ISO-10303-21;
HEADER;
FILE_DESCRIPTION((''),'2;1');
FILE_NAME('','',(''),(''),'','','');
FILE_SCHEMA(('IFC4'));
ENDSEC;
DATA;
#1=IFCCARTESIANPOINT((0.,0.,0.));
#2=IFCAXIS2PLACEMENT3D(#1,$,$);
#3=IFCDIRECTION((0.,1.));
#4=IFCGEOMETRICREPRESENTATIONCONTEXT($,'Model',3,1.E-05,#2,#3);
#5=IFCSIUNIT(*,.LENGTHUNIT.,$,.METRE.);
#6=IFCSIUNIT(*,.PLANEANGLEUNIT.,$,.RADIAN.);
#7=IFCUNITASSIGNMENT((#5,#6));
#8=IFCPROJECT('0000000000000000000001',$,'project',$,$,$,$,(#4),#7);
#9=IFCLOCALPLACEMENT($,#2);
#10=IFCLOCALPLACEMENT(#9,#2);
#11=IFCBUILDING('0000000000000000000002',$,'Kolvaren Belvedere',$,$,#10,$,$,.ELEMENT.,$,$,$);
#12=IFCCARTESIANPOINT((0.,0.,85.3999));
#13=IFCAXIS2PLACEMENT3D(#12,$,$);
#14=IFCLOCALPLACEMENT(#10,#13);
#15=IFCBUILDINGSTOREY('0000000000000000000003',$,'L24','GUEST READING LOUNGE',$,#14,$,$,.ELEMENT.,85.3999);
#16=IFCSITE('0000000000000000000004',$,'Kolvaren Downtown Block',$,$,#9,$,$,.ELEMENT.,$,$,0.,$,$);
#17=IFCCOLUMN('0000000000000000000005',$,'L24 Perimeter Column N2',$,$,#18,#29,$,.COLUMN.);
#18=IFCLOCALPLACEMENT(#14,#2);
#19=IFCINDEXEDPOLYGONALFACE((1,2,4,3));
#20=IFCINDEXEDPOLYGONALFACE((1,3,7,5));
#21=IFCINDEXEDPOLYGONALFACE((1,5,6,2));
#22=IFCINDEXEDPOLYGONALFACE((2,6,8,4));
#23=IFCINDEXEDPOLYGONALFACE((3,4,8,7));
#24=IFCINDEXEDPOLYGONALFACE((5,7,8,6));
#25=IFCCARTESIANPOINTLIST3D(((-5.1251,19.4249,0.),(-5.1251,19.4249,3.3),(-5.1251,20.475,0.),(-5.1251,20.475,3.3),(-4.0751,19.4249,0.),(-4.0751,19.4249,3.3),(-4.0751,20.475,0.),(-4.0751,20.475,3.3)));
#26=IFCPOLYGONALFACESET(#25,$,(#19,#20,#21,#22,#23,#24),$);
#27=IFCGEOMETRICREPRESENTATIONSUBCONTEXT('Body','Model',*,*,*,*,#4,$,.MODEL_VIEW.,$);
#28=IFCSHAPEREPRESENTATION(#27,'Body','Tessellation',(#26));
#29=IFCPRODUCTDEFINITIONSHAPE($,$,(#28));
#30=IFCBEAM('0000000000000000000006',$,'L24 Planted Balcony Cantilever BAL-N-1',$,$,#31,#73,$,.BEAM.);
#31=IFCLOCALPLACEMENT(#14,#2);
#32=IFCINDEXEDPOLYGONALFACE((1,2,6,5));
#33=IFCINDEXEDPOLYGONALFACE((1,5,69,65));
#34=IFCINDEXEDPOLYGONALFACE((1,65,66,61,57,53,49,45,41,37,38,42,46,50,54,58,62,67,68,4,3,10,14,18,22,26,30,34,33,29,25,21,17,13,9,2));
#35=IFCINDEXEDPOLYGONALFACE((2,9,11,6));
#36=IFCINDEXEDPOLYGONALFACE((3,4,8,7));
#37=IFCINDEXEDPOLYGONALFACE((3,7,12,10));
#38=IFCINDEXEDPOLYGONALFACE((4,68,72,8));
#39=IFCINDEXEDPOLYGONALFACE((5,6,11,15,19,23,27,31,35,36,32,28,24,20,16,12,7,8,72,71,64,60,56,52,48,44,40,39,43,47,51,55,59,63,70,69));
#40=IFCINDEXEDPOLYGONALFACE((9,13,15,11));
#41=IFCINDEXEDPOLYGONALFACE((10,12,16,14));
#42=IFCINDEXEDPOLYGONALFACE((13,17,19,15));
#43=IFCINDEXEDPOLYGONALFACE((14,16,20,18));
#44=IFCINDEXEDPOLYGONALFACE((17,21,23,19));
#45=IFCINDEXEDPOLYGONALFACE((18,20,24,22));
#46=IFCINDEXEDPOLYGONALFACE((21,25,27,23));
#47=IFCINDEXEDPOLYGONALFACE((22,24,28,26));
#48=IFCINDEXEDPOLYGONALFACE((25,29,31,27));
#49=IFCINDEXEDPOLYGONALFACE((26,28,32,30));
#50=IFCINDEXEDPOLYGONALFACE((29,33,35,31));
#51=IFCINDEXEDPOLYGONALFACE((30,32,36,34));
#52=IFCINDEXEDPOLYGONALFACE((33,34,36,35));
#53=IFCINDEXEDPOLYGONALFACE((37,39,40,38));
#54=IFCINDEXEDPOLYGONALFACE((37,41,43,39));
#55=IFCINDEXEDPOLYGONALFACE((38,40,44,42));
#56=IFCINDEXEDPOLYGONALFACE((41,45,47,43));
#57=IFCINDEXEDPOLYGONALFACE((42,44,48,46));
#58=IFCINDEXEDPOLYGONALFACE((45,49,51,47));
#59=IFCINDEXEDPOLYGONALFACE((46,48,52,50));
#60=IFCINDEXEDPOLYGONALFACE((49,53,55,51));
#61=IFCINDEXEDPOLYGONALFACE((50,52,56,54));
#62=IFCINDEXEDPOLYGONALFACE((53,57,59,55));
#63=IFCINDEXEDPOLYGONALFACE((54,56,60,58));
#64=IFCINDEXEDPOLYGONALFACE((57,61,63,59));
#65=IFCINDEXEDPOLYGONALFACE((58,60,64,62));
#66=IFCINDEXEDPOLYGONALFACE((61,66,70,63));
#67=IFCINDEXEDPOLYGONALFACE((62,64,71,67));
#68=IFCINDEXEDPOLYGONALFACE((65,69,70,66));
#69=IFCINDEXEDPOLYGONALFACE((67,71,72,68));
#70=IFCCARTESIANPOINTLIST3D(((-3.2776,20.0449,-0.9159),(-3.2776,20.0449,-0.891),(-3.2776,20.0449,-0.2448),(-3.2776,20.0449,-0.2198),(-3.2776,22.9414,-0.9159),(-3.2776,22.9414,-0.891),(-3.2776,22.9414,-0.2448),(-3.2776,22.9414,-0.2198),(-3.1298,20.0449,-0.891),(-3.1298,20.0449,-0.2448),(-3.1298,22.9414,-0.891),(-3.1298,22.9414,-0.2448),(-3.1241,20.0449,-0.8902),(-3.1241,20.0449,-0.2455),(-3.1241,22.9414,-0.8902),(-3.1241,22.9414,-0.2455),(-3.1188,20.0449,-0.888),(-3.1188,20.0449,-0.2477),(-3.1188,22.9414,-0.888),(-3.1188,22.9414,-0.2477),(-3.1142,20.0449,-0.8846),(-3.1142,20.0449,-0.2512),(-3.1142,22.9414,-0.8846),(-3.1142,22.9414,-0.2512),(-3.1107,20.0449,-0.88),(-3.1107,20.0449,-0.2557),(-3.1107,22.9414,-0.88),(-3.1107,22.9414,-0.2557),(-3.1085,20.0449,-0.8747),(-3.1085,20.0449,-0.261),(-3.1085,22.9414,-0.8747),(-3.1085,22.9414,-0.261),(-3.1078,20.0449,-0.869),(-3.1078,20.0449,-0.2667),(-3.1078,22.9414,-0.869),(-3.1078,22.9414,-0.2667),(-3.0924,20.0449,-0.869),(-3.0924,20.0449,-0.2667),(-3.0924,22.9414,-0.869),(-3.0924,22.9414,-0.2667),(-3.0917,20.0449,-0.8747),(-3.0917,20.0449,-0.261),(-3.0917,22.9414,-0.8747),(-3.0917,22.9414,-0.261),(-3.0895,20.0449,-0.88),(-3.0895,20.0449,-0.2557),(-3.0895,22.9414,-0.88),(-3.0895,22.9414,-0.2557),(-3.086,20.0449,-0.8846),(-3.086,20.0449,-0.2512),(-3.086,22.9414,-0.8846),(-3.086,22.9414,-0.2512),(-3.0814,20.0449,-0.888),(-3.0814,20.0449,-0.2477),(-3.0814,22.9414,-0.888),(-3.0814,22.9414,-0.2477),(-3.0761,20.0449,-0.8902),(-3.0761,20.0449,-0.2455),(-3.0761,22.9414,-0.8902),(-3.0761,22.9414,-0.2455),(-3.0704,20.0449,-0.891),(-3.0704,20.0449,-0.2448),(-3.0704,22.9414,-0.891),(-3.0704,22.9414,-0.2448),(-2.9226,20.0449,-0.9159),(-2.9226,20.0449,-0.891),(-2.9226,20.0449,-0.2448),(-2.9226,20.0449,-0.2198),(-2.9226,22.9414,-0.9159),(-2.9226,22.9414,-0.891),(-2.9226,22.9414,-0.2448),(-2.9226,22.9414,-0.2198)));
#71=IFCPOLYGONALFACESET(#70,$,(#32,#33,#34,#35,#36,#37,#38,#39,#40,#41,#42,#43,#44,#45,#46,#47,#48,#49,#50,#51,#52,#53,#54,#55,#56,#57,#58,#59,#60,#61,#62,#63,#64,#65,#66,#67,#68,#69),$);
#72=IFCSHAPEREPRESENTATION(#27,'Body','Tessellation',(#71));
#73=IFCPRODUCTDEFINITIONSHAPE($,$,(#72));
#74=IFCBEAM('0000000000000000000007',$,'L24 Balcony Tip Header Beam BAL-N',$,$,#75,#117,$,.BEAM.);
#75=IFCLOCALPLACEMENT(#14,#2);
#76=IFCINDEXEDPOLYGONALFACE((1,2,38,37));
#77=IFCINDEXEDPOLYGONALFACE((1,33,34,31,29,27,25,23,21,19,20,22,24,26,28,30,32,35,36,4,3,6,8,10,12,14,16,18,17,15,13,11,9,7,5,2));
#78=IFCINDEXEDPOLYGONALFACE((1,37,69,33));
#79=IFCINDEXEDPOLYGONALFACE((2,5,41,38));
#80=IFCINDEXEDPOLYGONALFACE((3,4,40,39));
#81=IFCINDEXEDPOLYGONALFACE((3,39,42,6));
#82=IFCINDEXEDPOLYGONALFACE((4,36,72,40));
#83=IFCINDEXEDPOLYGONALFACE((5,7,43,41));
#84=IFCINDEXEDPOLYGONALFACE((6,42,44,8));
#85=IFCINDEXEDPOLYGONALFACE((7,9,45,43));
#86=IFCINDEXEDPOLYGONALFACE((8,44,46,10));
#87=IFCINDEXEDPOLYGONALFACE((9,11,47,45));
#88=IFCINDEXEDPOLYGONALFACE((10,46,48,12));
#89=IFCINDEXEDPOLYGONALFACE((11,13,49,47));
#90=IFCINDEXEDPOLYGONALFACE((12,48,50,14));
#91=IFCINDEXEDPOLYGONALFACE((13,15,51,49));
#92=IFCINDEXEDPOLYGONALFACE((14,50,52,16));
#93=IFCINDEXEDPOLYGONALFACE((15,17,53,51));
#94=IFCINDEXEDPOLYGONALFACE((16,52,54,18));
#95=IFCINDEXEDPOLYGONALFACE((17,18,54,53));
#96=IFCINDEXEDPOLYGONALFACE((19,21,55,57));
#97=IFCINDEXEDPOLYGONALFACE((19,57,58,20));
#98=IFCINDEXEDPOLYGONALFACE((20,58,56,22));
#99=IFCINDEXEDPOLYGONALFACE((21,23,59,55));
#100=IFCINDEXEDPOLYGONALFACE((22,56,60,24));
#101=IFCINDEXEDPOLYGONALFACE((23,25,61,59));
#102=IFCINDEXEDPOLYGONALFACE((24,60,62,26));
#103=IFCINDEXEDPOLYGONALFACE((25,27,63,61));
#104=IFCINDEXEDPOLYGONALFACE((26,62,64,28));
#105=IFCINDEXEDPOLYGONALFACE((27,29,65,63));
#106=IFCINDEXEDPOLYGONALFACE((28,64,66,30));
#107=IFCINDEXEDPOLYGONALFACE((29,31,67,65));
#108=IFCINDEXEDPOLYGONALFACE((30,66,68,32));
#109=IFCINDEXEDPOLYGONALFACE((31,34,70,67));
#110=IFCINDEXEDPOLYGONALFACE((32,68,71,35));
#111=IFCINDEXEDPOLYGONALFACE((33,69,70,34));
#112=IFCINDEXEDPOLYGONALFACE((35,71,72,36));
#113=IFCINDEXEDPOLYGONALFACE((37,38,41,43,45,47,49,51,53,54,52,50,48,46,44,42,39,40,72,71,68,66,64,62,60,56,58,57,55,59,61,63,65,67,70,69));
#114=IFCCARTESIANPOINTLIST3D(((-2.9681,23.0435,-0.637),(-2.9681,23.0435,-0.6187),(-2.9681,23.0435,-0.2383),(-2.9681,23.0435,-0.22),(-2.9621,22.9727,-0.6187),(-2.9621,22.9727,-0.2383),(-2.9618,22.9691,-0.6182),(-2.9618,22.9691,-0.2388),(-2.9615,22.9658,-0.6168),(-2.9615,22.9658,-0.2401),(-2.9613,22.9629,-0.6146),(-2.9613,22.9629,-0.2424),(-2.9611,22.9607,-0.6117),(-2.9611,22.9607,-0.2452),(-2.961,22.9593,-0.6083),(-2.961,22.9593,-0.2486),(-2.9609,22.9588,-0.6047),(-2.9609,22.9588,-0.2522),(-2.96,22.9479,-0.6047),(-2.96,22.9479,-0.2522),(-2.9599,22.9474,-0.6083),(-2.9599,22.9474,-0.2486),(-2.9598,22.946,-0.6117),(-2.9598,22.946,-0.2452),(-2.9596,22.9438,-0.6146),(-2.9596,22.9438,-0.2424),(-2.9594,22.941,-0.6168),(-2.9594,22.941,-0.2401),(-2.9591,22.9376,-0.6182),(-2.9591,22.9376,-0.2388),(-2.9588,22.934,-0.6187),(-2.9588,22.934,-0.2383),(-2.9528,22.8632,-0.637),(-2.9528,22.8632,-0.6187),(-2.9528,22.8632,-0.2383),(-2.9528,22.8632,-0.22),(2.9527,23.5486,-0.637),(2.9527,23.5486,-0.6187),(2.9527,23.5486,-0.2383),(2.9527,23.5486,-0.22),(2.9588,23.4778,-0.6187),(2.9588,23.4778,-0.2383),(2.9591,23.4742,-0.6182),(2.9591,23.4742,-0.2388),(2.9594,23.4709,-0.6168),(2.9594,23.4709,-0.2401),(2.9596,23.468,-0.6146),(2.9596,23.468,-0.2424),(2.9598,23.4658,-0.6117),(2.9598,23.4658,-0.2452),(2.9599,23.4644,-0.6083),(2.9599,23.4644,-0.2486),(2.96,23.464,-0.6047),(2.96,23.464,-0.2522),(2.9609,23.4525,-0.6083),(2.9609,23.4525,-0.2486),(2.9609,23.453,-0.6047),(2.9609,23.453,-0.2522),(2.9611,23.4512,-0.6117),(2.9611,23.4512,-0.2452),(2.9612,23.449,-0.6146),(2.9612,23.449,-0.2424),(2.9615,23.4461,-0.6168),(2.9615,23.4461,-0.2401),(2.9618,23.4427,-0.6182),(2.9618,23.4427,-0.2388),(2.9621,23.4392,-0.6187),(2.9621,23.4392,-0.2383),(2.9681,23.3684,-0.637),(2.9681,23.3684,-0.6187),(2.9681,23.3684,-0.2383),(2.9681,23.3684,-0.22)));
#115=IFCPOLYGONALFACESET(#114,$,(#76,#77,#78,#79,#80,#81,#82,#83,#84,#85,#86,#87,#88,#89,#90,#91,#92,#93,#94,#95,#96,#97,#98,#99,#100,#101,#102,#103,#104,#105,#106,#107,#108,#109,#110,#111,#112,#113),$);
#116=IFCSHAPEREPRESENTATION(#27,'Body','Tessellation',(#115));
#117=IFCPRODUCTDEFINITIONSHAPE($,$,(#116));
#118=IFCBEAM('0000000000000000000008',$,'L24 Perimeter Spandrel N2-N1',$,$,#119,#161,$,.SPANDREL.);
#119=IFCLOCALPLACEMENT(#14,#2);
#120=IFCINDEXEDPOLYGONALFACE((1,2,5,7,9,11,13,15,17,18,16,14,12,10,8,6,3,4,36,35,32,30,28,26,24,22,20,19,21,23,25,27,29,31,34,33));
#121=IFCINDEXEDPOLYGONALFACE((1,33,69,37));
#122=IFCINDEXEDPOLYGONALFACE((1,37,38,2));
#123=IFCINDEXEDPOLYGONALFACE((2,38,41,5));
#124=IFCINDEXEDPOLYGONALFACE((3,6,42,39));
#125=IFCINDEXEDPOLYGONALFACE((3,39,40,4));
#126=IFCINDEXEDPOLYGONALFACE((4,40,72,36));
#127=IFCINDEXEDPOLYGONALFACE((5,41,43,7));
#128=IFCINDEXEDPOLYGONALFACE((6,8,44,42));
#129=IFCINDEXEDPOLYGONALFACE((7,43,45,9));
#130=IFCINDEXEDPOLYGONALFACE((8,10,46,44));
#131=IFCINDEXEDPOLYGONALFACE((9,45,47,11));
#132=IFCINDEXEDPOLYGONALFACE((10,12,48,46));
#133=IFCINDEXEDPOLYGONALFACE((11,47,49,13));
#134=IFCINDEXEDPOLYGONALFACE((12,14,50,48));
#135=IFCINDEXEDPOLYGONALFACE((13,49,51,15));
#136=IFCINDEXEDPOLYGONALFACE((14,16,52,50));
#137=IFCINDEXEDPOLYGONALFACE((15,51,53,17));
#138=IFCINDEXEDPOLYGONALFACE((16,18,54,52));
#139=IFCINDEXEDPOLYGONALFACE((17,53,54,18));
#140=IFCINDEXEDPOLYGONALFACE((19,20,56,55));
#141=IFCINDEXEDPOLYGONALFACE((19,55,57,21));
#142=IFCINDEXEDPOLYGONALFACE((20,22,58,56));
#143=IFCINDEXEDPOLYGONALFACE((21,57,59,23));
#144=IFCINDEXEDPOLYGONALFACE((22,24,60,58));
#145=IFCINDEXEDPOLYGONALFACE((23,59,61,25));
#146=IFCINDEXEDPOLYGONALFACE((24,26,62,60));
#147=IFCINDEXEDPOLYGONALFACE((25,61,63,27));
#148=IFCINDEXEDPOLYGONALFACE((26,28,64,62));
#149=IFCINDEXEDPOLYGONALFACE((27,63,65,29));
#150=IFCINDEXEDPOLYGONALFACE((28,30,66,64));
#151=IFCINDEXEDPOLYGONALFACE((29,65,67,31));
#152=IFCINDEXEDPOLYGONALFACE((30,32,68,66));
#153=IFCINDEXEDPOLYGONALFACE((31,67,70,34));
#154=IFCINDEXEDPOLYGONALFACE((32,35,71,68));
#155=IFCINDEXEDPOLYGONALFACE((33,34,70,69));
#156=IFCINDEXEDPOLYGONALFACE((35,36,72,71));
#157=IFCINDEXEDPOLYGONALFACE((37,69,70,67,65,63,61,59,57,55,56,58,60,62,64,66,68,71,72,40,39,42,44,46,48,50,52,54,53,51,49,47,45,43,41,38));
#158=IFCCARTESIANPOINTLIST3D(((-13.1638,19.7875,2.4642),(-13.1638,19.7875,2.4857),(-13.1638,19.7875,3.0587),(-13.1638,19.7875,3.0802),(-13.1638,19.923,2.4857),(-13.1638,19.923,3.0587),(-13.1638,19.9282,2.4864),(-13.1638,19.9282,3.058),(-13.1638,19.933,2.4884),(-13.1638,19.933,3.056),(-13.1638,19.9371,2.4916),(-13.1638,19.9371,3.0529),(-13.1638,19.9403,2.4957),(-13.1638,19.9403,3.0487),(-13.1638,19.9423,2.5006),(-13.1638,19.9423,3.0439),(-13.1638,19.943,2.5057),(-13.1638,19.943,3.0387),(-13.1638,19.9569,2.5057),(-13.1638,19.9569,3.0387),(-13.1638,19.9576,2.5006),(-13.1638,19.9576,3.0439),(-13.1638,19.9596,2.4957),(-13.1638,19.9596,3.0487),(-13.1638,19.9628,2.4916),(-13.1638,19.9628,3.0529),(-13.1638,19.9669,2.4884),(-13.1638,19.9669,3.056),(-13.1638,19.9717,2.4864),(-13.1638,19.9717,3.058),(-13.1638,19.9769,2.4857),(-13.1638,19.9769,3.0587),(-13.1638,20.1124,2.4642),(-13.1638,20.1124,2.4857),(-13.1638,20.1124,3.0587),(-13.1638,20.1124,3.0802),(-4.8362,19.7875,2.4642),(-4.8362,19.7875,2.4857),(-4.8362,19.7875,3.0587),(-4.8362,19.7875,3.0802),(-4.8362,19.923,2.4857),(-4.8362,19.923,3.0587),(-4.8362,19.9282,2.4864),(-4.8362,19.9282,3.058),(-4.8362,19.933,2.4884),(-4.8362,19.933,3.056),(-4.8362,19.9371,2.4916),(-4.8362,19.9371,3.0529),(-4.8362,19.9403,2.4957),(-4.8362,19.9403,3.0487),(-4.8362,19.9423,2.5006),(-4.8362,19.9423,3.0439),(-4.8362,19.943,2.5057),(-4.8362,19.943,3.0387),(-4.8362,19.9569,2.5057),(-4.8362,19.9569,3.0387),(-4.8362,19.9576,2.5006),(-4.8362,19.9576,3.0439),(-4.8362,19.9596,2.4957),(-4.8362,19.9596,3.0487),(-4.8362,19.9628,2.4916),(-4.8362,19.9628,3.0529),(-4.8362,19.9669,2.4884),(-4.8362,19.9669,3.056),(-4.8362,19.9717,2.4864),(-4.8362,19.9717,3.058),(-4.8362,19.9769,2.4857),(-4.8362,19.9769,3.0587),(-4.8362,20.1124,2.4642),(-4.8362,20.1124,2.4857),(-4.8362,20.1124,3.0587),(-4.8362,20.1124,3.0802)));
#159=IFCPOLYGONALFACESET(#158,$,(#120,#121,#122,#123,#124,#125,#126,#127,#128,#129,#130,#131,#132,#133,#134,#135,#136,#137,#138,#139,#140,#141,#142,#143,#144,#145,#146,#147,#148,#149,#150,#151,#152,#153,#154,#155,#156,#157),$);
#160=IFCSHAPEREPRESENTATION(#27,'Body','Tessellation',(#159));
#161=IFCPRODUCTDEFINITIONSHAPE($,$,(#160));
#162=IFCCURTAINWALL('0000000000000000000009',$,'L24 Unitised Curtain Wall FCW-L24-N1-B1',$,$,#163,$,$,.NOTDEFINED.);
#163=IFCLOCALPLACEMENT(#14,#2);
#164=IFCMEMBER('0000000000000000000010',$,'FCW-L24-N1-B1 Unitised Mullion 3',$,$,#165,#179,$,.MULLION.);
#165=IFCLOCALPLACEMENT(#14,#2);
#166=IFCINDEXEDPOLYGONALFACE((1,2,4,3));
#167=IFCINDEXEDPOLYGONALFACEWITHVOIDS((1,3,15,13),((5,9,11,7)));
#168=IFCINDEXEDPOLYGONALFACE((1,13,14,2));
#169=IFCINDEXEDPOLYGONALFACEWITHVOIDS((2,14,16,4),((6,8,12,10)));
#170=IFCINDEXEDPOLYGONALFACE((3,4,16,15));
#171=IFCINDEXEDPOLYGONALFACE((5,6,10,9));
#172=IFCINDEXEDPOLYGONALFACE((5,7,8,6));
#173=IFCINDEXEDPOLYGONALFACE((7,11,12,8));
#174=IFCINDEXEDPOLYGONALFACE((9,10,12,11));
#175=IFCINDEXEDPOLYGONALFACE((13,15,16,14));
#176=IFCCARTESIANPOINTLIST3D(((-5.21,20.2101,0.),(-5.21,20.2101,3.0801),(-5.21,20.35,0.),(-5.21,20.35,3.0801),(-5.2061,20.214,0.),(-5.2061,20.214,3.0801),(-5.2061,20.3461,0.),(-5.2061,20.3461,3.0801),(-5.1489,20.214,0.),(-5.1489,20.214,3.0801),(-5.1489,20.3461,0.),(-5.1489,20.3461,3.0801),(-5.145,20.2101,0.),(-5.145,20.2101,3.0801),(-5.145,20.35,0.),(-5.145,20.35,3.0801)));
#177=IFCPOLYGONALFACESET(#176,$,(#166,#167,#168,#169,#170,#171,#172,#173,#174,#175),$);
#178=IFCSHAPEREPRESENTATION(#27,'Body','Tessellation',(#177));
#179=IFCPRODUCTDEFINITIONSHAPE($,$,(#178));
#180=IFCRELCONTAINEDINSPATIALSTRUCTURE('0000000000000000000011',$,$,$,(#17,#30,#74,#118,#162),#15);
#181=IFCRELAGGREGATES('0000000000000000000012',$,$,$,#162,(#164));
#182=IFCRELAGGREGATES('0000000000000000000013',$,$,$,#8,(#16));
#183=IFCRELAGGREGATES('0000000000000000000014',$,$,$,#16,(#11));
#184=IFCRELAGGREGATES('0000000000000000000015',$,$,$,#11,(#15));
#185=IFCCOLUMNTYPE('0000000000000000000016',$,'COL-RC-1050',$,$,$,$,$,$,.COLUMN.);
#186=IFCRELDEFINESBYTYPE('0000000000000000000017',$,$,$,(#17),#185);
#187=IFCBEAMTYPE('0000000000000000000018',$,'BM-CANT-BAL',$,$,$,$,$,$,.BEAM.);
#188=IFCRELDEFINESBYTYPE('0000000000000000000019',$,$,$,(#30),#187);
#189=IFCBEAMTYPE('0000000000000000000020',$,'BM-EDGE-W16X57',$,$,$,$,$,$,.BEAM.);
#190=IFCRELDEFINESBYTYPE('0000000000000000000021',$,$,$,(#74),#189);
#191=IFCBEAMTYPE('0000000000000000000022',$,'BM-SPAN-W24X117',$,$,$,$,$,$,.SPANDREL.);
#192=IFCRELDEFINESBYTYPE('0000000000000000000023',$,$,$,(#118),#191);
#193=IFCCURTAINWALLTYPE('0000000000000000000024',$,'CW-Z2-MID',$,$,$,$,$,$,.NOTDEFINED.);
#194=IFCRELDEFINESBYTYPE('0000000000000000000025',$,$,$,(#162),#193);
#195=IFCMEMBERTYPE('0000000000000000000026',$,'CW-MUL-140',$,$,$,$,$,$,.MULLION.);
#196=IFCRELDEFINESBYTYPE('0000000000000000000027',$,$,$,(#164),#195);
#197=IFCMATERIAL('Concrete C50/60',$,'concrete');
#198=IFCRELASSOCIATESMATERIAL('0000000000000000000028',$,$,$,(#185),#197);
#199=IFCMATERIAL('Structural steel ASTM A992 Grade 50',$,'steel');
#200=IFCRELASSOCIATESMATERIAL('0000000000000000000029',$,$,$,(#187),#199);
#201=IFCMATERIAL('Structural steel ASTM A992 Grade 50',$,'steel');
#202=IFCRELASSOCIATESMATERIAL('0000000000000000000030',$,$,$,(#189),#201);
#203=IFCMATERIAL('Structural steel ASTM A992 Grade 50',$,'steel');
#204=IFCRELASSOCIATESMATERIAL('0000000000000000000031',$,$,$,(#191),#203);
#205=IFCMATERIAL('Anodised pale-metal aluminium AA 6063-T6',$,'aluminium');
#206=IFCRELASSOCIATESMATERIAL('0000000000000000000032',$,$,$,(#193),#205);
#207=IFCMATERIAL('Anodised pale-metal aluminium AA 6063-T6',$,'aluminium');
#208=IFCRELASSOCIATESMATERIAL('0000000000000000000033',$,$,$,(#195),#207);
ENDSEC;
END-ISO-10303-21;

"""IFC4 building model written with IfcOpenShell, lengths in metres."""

from ifc_helpers import new_model, si_unit, direction, frame, origin, origin_2d, place, context, subcontext, project, spatial, rectangle, hollow_rectangle, i_section, extrude, material, material_profile, profile_set, type_object, element, aggregate, save


model = new_model("IFC4")

# Units and contexts
model_context = context("Model", 3, precision=1e-05, world=origin(), true_north=direction((0.0, 1.0)))
body_context = subcontext(model_context, "Body", "Model", "MODEL_VIEW")
ifc_project = project(units=[si_unit("LENGTHUNIT", "METRE"), si_unit("PLANEANGLEUNIT", "RADIAN")], contexts=[model_context])

# Site, building, storey
site_placement = place(None, origin())
site = spatial("IfcSite", under=ifc_project, at=site_placement, Name="Kolvaren Downtown Block", CompositionType="ELEMENT", RefElevation=0.0)
building_placement = place(site_placement, origin())
building = spatial("IfcBuilding", under=site, at=building_placement, Name="Kolvaren Belvedere", CompositionType="ELEMENT")
storey_placement = place(building_placement, frame((0.0, 0.0, 85.3999)))
storey = spatial("IfcBuildingStorey", under=building, at=storey_placement, Name="L24", Description="GUEST READING LOUNGE", CompositionType="ELEMENT", Elevation=85.3999)

# Column
ifc_material_1 = material(Name="Concrete C50/60", Category="concrete")
ifc_material_profile_1 = material_profile(ifc_material_1, rectangle(XDim=1.05, YDim=1.05, at=origin_2d()), Name="RC 1050X1050")
ifc_profile_set_1 = profile_set([ifc_material_profile_1], Name="Concrete C50/60")
column_type = type_object("IfcColumnType", Name="COL-RC-1050", PredefinedType="COLUMN", material=ifc_profile_set_1)
column_placement = place(storey_placement, frame((-4.6001, 19.95, 0.0), z_axis=(0.0, 0.0, 1.0), x_axis=(1.0, 0.0, 0.0)))
element("IfcColumn", 1, at=column_placement, inside=storey, type_object=column_type, Name="L24 Perimeter Column N2", PredefinedType="COLUMN", context=body_context, shape_type="SweptSolid", body=[
    extrude(rectangle(XDim=1.05, YDim=1.05, at=origin_2d()), origin(), (0.0, 0.0, 1.0), 3.3),
])

# Beams
ifc_material_2 = material(Name="Structural steel ASTM A992 Grade 50", Category="steel")
ifc_material_profile_2 = material_profile(ifc_material_2, i_section(OverallWidth=0.355, OverallDepth=0.696, WebThickness=0.0154, FlangeThickness=0.0249, FilletRadius=0.022, at=origin_2d()), Name="W27X146")
ifc_profile_set_2 = profile_set([ifc_material_profile_2], Name="Structural steel ASTM A992 Grade 50")
beam_type_1 = type_object("IfcBeamType", Name="BM-CANT-BAL", PredefinedType="BEAM", material=ifc_profile_set_2)
beam_1_placement = place(storey_placement, frame((-3.1001, 20.0449, -0.5679), z_axis=(0.0, 1.0, 0.0), x_axis=(-1.0, 0.0, 0.0)))
element("IfcBeam", 2, at=beam_1_placement, inside=storey, type_object=beam_type_1, Name="L24 Planted Balcony Cantilever BAL-N-1", PredefinedType="BEAM", context=body_context, shape_type="SweptSolid", body=[
    extrude(i_section(OverallWidth=0.355, OverallDepth=0.696, WebThickness=0.0154, FlangeThickness=0.0249, FilletRadius=0.022, at=origin_2d()), origin(), (0.0, 0.0, 1.0), 2.8965),
])
ifc_material_3 = material(Name="Structural steel ASTM A992 Grade 50", Category="steel")
ifc_material_profile_3 = material_profile(ifc_material_3, i_section(OverallWidth=0.1809, OverallDepth=0.417, WebThickness=0.011, FlangeThickness=0.0183, FilletRadius=0.0139, at=origin_2d()), Name="W16X57")
ifc_profile_set_3 = profile_set([ifc_material_profile_3], Name="Structural steel ASTM A992 Grade 50")
beam_type_2 = type_object("IfcBeamType", Name="BM-EDGE-W16X57", PredefinedType="BEAM", material=ifc_profile_set_3)
beam_2_placement = place(storey_placement, frame((-2.9604, 22.9534, -0.4285), z_axis=(0.996381, 0.085004, 0.0), x_axis=(-0.085004, 0.996381, 0.0)))
element("IfcBeam", 3, at=beam_2_placement, inside=storey, type_object=beam_type_2, Name="L24 Balcony Tip Header Beam BAL-N", PredefinedType="BEAM", context=body_context, shape_type="SweptSolid", body=[
    extrude(i_section(OverallWidth=0.1809, OverallDepth=0.417, WebThickness=0.011, FlangeThickness=0.0183, FilletRadius=0.0139, at=origin_2d()), origin(), (0.0, 0.0, 1.0), 5.9424),
])
ifc_material_4 = material(Name="Structural steel ASTM A992 Grade 50", Category="steel")
ifc_material_profile_4 = material_profile(ifc_material_4, i_section(OverallWidth=0.325, OverallDepth=0.616, WebThickness=0.0139, FlangeThickness=0.0215, FilletRadius=0.02, at=origin_2d()), Name="W24X117")
ifc_profile_set_4 = profile_set([ifc_material_profile_4], Name="Structural steel ASTM A992 Grade 50")
beam_type_3 = type_object("IfcBeamType", Name="BM-SPAN-W24X117", PredefinedType="SPANDREL", material=ifc_profile_set_4)
beam_3_placement = place(storey_placement, frame((-4.8362, 19.95, 2.7722), z_axis=(-1.0, 0.0, 0.0), x_axis=(0.0, -1.0, 0.0)))
element("IfcBeam", 4, at=beam_3_placement, inside=storey, type_object=beam_type_3, Name="L24 Perimeter Spandrel N2-N1", PredefinedType="SPANDREL", context=body_context, shape_type="SweptSolid", body=[
    extrude(i_section(OverallWidth=0.325, OverallDepth=0.616, WebThickness=0.0139, FlangeThickness=0.0215, FilletRadius=0.02, at=origin_2d()), origin(), (0.0, 0.0, 1.0), 8.3276),
])

# Curtain wall, member
ifc_material_5 = material(Name="Anodised pale-metal aluminium AA 6063-T6", Category="aluminium")
curtain_wall_type = type_object("IfcCurtainWallType", Name="CW-Z2-MID", PredefinedType="NOTDEFINED", material=ifc_material_5)
curtain_wall_1_placement = place(storey_placement, origin())
curtain_wall_1 = element("IfcCurtainWall", 5, at=curtain_wall_1_placement, inside=storey, type_object=curtain_wall_type, Name="L24 Unitised Curtain Wall FCW-L24-N1-B1", PredefinedType="NOTDEFINED")
ifc_material_6 = material(Name="Anodised pale-metal aluminium AA 6063-T6", Category="aluminium")
ifc_material_profile_5 = material_profile(ifc_material_6, hollow_rectangle(XDim=0.0649, YDim=0.1399, WallThickness=0.0039, at=origin_2d()), Name="ALU-MUL-140X65")
ifc_profile_set_5 = profile_set([ifc_material_profile_5], Name="Anodised pale-metal aluminium AA 6063-T6")
member_type_1 = type_object("IfcMemberType", Name="CW-MUL-140", PredefinedType="MULLION", material=ifc_profile_set_5)
member_1_placement = place(storey_placement, frame((-5.1775, 20.28, 0.0), z_axis=(0.0, 0.0, 1.0), x_axis=(1.0, 0.0, 0.0)))
member_1 = element("IfcMember", 6, at=member_1_placement, type_object=member_type_1, Name="FCW-L24-N1-B1 Unitised Mullion 3", PredefinedType="MULLION", context=body_context, shape_type="SweptSolid", body=[
    extrude(hollow_rectangle(XDim=0.0649, YDim=0.1399, WallThickness=0.0039, at=origin_2d()), origin(), (0.0, 0.0, 1.0), 3.0801),
])
aggregate(curtain_wall_1, [member_1])

save(model, "model.ifc")
